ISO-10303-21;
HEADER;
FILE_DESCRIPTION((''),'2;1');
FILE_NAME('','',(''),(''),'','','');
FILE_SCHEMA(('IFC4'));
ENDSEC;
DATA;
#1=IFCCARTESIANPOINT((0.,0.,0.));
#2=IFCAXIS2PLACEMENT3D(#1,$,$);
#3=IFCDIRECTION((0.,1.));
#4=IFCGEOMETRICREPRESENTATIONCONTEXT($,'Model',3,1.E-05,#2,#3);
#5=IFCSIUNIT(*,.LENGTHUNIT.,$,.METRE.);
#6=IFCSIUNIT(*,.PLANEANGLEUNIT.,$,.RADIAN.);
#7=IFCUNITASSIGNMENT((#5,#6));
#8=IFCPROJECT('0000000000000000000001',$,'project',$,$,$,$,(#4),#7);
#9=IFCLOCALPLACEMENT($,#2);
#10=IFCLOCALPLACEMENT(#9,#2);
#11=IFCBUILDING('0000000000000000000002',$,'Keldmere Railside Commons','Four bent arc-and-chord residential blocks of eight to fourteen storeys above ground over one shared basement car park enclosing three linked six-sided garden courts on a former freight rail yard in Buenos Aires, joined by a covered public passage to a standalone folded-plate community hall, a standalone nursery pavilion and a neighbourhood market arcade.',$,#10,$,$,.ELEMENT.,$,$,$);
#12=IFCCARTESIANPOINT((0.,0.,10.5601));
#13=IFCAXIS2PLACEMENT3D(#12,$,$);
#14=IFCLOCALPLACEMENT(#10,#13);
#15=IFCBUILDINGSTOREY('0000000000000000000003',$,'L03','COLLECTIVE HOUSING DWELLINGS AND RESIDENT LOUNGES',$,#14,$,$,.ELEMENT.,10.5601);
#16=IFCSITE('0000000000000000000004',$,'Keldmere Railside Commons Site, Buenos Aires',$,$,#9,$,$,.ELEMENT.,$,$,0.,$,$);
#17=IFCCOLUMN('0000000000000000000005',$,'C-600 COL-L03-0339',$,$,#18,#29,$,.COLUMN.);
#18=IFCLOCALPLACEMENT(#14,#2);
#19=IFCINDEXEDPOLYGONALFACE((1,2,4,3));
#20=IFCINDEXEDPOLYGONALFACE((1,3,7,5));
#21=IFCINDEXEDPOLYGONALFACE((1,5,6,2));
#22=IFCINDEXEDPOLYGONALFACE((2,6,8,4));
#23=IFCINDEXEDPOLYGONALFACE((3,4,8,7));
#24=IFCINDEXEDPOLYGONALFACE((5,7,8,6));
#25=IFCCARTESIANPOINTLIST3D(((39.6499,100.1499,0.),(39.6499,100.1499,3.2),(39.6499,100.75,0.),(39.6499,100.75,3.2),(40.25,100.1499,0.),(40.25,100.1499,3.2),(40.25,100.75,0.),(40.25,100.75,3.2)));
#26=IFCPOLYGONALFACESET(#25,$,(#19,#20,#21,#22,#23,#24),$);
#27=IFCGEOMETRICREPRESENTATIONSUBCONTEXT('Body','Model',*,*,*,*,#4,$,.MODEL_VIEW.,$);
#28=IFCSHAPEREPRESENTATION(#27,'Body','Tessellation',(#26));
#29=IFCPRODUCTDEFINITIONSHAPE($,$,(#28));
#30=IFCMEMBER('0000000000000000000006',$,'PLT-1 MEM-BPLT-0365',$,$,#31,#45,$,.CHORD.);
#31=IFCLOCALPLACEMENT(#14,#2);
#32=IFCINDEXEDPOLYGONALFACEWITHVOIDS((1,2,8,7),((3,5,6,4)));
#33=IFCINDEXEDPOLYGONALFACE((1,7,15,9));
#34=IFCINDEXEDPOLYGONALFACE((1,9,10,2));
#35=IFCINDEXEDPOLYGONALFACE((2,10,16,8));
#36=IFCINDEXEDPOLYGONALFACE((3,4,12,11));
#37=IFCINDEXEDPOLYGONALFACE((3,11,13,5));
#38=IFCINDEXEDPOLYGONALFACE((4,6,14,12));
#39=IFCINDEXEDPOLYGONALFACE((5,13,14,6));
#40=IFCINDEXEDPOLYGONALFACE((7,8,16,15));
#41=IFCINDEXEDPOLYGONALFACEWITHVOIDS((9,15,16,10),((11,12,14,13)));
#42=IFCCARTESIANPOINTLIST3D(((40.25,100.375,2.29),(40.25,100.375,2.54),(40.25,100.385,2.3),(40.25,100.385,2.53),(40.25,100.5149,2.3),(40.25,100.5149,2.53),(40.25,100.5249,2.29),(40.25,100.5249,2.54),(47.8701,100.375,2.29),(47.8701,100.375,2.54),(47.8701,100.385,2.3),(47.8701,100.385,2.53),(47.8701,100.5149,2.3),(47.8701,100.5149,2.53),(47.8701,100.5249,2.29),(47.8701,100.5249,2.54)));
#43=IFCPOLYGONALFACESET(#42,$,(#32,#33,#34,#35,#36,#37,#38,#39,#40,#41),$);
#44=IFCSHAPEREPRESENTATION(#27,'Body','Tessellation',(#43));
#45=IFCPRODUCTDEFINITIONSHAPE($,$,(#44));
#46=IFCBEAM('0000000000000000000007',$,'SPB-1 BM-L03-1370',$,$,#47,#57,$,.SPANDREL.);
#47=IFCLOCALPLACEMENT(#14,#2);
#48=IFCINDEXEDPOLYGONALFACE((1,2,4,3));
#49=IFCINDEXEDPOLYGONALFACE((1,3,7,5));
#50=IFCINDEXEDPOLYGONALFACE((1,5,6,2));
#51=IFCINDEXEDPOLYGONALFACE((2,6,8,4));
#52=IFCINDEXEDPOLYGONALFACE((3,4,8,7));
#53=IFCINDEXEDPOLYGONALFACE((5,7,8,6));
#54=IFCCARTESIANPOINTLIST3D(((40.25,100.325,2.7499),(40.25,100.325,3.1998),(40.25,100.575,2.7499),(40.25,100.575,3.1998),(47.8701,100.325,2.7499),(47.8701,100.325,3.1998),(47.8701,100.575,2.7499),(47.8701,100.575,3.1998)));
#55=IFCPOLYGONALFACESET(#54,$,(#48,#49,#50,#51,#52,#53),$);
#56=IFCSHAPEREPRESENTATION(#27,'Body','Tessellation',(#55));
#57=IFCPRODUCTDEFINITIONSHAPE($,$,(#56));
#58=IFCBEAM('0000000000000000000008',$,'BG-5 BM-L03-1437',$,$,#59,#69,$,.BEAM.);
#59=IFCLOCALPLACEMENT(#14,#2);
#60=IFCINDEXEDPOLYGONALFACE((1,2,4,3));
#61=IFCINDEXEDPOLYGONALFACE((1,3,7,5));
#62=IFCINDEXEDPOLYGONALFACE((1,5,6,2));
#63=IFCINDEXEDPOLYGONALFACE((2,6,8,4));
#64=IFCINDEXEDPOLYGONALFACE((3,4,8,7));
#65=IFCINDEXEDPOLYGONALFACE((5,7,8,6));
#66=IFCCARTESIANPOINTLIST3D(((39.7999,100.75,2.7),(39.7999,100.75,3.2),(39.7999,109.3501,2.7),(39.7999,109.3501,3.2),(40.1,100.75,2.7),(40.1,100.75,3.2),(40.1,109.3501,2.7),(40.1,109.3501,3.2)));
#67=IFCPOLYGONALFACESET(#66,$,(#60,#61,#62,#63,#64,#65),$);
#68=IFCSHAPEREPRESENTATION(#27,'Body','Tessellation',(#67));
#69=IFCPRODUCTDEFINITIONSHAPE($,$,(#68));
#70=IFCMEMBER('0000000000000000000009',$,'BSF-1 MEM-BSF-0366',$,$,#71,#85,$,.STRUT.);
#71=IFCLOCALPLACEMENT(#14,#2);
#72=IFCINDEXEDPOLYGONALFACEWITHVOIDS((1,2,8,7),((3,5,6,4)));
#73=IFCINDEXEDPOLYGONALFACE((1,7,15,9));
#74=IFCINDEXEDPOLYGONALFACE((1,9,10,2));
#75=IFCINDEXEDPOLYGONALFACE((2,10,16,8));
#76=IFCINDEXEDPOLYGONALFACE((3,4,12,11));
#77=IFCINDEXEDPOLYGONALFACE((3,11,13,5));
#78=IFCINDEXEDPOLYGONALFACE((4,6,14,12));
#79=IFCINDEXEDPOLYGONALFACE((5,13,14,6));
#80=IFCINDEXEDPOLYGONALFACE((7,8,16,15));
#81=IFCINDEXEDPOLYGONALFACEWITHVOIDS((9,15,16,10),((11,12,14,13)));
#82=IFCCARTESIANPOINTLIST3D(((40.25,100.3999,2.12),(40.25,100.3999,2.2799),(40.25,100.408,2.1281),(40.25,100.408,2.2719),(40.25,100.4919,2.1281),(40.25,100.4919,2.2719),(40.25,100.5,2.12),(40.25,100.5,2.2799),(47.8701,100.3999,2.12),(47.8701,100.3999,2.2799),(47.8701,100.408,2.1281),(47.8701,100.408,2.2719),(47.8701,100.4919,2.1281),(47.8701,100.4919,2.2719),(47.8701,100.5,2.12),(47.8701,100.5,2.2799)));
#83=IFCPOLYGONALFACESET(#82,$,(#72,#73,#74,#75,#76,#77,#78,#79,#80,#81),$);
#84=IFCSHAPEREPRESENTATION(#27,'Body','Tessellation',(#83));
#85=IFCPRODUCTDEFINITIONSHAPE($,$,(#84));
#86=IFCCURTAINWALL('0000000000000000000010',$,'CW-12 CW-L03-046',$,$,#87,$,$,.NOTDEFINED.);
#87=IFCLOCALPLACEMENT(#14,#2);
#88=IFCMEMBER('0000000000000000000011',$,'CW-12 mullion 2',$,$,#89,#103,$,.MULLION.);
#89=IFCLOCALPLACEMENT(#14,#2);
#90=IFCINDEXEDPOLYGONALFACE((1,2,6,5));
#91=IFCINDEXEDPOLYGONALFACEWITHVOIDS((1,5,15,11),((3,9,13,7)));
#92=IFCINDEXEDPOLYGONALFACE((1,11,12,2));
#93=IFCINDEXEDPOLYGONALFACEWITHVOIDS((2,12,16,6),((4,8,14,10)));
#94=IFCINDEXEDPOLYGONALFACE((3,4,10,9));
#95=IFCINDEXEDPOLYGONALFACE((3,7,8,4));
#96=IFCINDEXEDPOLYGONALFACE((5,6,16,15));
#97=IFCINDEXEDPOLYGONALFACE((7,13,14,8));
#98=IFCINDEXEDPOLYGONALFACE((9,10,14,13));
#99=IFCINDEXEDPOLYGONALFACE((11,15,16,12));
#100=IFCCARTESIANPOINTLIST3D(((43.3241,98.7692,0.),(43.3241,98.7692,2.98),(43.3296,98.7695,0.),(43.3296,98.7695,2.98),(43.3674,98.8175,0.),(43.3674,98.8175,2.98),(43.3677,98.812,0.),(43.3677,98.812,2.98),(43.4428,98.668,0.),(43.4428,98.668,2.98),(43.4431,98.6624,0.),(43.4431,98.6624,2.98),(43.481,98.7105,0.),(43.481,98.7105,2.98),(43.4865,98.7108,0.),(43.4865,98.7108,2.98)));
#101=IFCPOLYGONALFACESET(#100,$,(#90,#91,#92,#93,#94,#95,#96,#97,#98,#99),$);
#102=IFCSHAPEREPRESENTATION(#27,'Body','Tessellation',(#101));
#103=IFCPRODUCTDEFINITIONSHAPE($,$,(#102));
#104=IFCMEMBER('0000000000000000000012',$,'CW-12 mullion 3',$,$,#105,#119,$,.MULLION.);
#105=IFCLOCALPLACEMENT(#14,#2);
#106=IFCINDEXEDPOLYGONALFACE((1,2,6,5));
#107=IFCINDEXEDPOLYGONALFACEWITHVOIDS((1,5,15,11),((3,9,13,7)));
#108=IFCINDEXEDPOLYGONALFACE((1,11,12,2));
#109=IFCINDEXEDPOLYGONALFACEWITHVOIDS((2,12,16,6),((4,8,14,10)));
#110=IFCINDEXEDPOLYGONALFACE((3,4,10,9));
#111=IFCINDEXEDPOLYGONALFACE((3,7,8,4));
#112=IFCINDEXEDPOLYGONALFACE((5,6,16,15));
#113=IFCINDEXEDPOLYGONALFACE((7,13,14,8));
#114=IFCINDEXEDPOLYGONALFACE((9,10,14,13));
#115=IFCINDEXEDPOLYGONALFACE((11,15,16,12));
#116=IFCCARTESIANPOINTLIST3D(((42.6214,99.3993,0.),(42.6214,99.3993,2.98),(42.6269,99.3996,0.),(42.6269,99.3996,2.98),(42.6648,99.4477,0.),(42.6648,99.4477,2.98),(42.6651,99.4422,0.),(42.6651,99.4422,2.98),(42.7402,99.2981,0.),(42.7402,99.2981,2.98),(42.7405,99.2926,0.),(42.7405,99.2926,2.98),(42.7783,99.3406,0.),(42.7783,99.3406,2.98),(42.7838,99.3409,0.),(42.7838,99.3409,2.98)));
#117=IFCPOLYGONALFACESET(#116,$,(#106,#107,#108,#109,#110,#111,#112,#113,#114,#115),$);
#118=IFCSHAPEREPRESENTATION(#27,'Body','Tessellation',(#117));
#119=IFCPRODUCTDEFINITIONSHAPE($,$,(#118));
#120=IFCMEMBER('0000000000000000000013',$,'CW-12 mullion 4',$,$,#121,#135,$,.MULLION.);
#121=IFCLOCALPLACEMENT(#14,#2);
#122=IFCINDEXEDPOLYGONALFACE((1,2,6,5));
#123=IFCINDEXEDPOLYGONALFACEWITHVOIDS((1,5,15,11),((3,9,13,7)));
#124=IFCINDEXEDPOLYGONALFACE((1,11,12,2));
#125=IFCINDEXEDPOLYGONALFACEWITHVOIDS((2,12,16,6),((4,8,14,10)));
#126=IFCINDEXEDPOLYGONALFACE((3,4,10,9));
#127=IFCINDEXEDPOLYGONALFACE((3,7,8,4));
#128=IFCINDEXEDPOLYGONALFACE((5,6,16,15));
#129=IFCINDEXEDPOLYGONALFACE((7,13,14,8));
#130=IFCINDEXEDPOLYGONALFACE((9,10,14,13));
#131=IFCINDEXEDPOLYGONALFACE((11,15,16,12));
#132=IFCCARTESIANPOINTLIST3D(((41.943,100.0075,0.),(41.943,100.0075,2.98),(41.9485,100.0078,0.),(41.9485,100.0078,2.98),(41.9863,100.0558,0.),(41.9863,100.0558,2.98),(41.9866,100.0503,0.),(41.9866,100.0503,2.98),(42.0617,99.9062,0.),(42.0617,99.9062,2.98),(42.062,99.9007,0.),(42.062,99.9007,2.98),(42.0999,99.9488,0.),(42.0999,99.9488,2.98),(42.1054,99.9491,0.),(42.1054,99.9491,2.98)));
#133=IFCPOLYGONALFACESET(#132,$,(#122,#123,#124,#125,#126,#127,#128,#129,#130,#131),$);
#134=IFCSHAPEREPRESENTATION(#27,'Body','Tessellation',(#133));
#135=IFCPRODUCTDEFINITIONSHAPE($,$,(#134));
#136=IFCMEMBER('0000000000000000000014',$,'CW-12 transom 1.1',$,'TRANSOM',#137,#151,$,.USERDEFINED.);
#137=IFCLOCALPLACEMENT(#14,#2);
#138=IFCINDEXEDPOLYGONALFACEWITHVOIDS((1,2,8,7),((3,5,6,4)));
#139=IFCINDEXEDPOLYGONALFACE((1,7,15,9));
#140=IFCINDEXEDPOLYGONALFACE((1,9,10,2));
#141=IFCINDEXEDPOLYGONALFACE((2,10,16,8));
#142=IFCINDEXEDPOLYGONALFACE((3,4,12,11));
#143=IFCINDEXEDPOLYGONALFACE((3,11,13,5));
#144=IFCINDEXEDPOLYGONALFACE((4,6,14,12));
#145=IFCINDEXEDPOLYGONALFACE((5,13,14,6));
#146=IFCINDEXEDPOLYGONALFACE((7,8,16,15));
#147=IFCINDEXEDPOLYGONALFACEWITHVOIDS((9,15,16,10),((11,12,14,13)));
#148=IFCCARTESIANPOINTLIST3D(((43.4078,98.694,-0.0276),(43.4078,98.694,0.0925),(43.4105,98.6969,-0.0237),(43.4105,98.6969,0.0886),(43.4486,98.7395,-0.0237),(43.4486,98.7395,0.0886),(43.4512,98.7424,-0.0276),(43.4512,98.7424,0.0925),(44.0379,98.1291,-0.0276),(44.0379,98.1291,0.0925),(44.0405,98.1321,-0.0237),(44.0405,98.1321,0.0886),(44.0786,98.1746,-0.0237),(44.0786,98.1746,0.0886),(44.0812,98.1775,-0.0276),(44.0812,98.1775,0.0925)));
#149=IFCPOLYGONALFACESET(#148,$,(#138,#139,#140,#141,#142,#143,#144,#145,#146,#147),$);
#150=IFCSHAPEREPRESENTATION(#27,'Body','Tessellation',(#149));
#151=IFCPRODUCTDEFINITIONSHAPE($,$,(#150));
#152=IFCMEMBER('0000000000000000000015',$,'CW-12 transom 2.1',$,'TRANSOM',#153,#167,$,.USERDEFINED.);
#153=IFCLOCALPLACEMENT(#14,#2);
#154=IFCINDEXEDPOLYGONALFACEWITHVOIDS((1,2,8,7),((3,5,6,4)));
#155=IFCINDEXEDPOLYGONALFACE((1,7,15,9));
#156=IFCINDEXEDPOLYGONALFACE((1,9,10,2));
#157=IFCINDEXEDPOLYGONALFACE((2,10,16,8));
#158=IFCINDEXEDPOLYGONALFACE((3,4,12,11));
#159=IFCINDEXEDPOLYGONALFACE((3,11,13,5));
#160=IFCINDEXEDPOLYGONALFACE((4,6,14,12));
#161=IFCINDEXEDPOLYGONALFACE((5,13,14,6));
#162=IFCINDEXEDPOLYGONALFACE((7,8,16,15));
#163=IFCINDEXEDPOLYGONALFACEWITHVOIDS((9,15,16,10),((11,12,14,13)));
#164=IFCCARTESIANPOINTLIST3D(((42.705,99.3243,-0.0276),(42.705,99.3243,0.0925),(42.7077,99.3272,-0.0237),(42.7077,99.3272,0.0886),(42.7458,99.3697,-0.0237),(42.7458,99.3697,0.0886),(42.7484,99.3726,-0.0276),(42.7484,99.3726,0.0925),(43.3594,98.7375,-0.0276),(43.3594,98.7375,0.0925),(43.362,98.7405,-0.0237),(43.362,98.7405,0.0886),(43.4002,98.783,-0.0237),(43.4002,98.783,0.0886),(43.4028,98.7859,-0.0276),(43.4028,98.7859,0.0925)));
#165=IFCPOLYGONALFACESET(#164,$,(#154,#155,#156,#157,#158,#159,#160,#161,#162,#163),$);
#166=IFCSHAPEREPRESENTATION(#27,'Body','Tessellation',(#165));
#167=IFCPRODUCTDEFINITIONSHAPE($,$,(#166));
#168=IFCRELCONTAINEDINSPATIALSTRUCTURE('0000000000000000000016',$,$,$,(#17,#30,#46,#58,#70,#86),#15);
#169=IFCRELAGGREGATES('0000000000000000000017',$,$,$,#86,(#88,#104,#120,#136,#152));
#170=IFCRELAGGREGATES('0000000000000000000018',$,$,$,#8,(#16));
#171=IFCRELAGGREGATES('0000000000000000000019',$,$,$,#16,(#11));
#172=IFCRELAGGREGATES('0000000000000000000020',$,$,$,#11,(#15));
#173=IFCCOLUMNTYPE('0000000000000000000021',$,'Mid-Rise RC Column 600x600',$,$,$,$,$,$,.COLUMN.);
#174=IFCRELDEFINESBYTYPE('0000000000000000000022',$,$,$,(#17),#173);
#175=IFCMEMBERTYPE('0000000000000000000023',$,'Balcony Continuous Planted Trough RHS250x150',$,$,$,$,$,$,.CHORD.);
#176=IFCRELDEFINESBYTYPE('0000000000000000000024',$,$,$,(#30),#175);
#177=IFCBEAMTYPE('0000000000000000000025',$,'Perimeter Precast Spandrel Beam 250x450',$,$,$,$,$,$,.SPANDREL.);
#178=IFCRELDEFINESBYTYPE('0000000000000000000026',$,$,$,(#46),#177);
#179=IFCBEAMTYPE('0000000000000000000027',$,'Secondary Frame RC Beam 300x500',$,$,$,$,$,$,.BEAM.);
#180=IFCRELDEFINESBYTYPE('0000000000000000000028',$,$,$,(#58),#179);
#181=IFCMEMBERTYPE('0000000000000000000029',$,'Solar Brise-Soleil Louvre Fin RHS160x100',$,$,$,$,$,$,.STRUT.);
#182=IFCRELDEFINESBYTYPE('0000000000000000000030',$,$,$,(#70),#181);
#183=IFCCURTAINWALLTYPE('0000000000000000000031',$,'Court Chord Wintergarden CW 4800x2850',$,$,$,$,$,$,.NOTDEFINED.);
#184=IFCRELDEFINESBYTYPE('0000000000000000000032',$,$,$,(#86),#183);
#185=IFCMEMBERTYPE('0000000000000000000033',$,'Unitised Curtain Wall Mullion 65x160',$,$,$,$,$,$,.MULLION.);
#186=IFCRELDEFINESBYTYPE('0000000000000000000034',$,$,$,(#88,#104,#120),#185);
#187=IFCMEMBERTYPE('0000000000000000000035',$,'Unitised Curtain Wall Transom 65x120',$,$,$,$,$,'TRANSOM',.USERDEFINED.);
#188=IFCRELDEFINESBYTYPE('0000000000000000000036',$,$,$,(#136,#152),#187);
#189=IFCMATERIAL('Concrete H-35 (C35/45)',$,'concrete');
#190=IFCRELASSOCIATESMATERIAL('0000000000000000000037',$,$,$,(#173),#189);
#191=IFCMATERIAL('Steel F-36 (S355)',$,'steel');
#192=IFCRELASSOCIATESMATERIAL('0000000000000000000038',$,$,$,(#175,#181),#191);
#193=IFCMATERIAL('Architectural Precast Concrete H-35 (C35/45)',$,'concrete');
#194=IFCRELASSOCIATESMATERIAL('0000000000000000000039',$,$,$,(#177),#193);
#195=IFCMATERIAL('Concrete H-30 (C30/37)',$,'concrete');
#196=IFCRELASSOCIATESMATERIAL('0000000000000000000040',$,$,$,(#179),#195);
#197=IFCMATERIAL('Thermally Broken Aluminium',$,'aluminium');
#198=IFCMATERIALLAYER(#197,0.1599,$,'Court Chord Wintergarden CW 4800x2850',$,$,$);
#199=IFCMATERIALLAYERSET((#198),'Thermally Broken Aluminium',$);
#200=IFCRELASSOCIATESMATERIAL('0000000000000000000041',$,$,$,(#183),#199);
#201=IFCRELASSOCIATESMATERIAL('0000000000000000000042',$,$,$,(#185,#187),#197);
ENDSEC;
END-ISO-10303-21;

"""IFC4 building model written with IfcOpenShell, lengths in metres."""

from ifc_helpers import new_model, si_unit, direction, frame, origin, origin_2d, place, context, subcontext, project, spatial, rectangle, hollow_rectangle, extrude, material, layer, layer_set, material_profile, profile_set, type_object, element, aggregate, save


model = new_model("IFC4")

# Units and contexts
model_context = context("Model", 3, precision=1e-05, world=origin(), true_north=direction((0.0, 1.0)))
body_context = subcontext(model_context, "Body", "Model", "MODEL_VIEW")
ifc_project = project(units=[si_unit("LENGTHUNIT", "METRE"), si_unit("PLANEANGLEUNIT", "RADIAN")], contexts=[model_context])

# Site, building, storey
site_placement = place(None, origin())
site = spatial("IfcSite", under=ifc_project, at=site_placement, Name="Keldmere Railside Commons Site, Buenos Aires", CompositionType="ELEMENT", RefElevation=0.0)
building_placement = place(site_placement, origin())
building = spatial("IfcBuilding", under=site, at=building_placement, Name="Keldmere Railside Commons", Description="Four bent arc-and-chord residential blocks of eight to fourteen storeys above ground over one shared basement car park enclosing three linked six-sided garden courts on a former freight rail yard in Buenos Aires, joined by a covered public passage to a standalone folded-plate community hall, a standalone nursery pavilion and a neighbourhood market arcade.", CompositionType="ELEMENT")
storey_placement = place(building_placement, frame((0.0, 0.0, 10.5601)))
storey = spatial("IfcBuildingStorey", under=building, at=storey_placement, Name="L03", Description="COLLECTIVE HOUSING DWELLINGS AND RESIDENT LOUNGES", CompositionType="ELEMENT", Elevation=10.5601)

# Column
ifc_material_1 = material(Name="Concrete H-35 (C35/45)", Category="concrete")
ifc_material_profile_1 = material_profile(ifc_material_1, rectangle(XDim=0.6001, YDim=0.6001, at=origin_2d()), Name="RC-600x600")
ifc_profile_set_1 = profile_set([ifc_material_profile_1], Name="Concrete H-35 (C35/45)")
column_type = type_object("IfcColumnType", Name="Mid-Rise RC Column 600x600", PredefinedType="COLUMN", material=ifc_profile_set_1)
column_placement = place(storey_placement, frame((39.95, 100.45, 0.0), z_axis=(0.0, 0.0, 1.0), x_axis=(1.0, 0.0, 0.0)))
element("IfcColumn", 1, at=column_placement, inside=storey, type_object=column_type, Name="C-600 COL-L03-0339", PredefinedType="COLUMN", context=body_context, shape_type="SweptSolid", body=[
    extrude(rectangle(XDim=0.6001, YDim=0.6001, at=origin_2d()), origin(), (0.0, 0.0, 1.0), 3.2),
])

# Member
ifc_material_2 = material(Name="Steel F-36 (S355)", Category="steel")
ifc_material_profile_2 = material_profile(ifc_material_2, hollow_rectangle(XDim=0.1499, YDim=0.25, WallThickness=0.01, at=origin_2d()), Name="RHS-250x150x10")
ifc_profile_set_2 = profile_set([ifc_material_profile_2], Name="Steel F-36 (S355)")
member_type_1 = type_object("IfcMemberType", Name="Balcony Continuous Planted Trough RHS250x150", PredefinedType="CHORD", material=ifc_profile_set_2)
member_1_placement = place(storey_placement, frame((40.25, 100.45, 2.415), z_axis=(1.0, 0.0, 0.0), x_axis=(0.0, 1.0, 0.0)))
element("IfcMember", 2, at=member_1_placement, inside=storey, type_object=member_type_1, Name="PLT-1 MEM-BPLT-0365", PredefinedType="CHORD", context=body_context, shape_type="SweptSolid", body=[
    extrude(hollow_rectangle(XDim=0.1499, YDim=0.25, WallThickness=0.01, at=origin_2d()), origin(), (0.0, 0.0, 1.0), 7.6201),
])

# Beams
ifc_material_3 = material(Name="Architectural Precast Concrete H-35 (C35/45)", Category="concrete")
ifc_material_profile_3 = material_profile(ifc_material_3, rectangle(XDim=0.25, YDim=0.45, at=origin_2d()), Name="RC-250x450")
ifc_profile_set_3 = profile_set([ifc_material_profile_3], Name="Architectural Precast Concrete H-35 (C35/45)")
beam_type_1 = type_object("IfcBeamType", Name="Perimeter Precast Spandrel Beam 250x450", PredefinedType="SPANDREL", material=ifc_profile_set_3)
beam_1_placement = place(storey_placement, frame((40.25, 100.45, 2.9749), z_axis=(1.0, 0.0, 0.0), x_axis=(0.0, 1.0, 0.0)))
element("IfcBeam", 3, at=beam_1_placement, inside=storey, type_object=beam_type_1, Name="SPB-1 BM-L03-1370", PredefinedType="SPANDREL", context=body_context, shape_type="SweptSolid", body=[
    extrude(rectangle(XDim=0.25, YDim=0.45, at=origin_2d()), origin(), (0.0, 0.0, 1.0), 7.6201),
])
ifc_material_4 = material(Name="Concrete H-30 (C30/37)", Category="concrete")
ifc_material_profile_4 = material_profile(ifc_material_4, rectangle(XDim=0.3, YDim=0.5, at=origin_2d()), Name="RC-300x500")
ifc_profile_set_4 = profile_set([ifc_material_profile_4], Name="Concrete H-30 (C30/37)")
beam_type_2 = type_object("IfcBeamType", Name="Secondary Frame RC Beam 300x500", PredefinedType="BEAM", material=ifc_profile_set_4)
beam_2_placement = place(storey_placement, frame((39.95, 100.75, 2.95), z_axis=(0.0, 1.0, 0.0), x_axis=(-1.0, 0.0, 0.0)))
element("IfcBeam", 4, at=beam_2_placement, inside=storey, type_object=beam_type_2, Name="BG-5 BM-L03-1437", PredefinedType="BEAM", context=body_context, shape_type="SweptSolid", body=[
    extrude(rectangle(XDim=0.3, YDim=0.5, at=origin_2d()), origin(), (0.0, 0.0, 1.0), 8.6001),
])

# Member
ifc_material_profile_5 = material_profile(ifc_material_2, hollow_rectangle(XDim=0.1001, YDim=0.1599, WallThickness=0.0081, at=origin_2d()), Name="RHS-160x100x8")
ifc_profile_set_5 = profile_set([ifc_material_profile_5], Name="Steel F-36 (S355)")
member_type_2 = type_object("IfcMemberType", Name="Solar Brise-Soleil Louvre Fin RHS160x100", PredefinedType="STRUT", material=ifc_profile_set_5)
member_2_placement = place(storey_placement, frame((40.25, 100.45, 2.2), z_axis=(1.0, 0.0, 0.0), x_axis=(0.0, 1.0, 0.0)))
element("IfcMember", 5, at=member_2_placement, inside=storey, type_object=member_type_2, Name="BSF-1 MEM-BSF-0366", PredefinedType="STRUT", context=body_context, shape_type="SweptSolid", body=[
    extrude(hollow_rectangle(XDim=0.1001, YDim=0.1599, WallThickness=0.0081, at=origin_2d()), origin(), (0.0, 0.0, 1.0), 7.6201),
])

# Curtain wall, members
ifc_material_5 = material(Name="Thermally Broken Aluminium", Category="aluminium")
ifc_layer_1 = layer(ifc_material_5, 0.1599, Name="Court Chord Wintergarden CW 4800x2850")
ifc_layer_set_1 = layer_set([ifc_layer_1], Name="Thermally Broken Aluminium")
curtain_wall_type = type_object("IfcCurtainWallType", Name="Court Chord Wintergarden CW 4800x2850", PredefinedType="NOTDEFINED", material=ifc_layer_set_1)
curtain_wall_placement = place(storey_placement, origin())
curtain_wall = element("IfcCurtainWall", 6, at=curtain_wall_placement, inside=storey, type_object=curtain_wall_type, Name="CW-12 CW-L03-046", PredefinedType="NOTDEFINED")
ifc_material_profile_6 = material_profile(ifc_material_5, hollow_rectangle(XDim=0.0649, YDim=0.1599, WallThickness=0.0039, at=origin_2d()), Name="ALU-MULL-65x160")
ifc_profile_set_6 = profile_set([ifc_material_profile_6], Name="Thermally Broken Aluminium")
member_type_3 = type_object("IfcMemberType", Name="Unitised Curtain Wall Mullion 65x160", PredefinedType="MULLION", material=ifc_profile_set_6)
member_3_placement = place(storey_placement, frame((43.4053, 98.74, 0.0), z_axis=(0.0, 0.0, 1.0), x_axis=(-0.667559, -0.744557, 0.0)))
member_3 = element("IfcMember", 7, at=member_3_placement, type_object=member_type_3, Name="CW-12 mullion 2", PredefinedType="MULLION", context=body_context, shape_type="SweptSolid", body=[
    extrude(hollow_rectangle(XDim=0.0649, YDim=0.1599, WallThickness=0.0039, at=origin_2d()), origin(), (0.0, 0.0, 1.0), 2.98),
])
member_4_placement = place(storey_placement, frame((42.7026, 99.3701, 0.0), z_axis=(0.0, 0.0, 1.0), x_axis=(-0.667559, -0.744557, 0.0)))
member_4 = element("IfcMember", 8, at=member_4_placement, type_object=member_type_3, Name="CW-12 mullion 3", PredefinedType="MULLION", context=body_context, shape_type="SweptSolid", body=[
    extrude(hollow_rectangle(XDim=0.0649, YDim=0.1599, WallThickness=0.0039, at=origin_2d()), origin(), (0.0, 0.0, 1.0), 2.98),
])
member_5_placement = place(storey_placement, frame((42.0242, 99.9783, 0.0), z_axis=(0.0, 0.0, 1.0), x_axis=(-0.667559, -0.744557, 0.0)))
member_5 = element("IfcMember", 9, at=member_5_placement, type_object=member_type_3, Name="CW-12 mullion 4", PredefinedType="MULLION", context=body_context, shape_type="SweptSolid", body=[
    extrude(hollow_rectangle(XDim=0.0649, YDim=0.1599, WallThickness=0.0039, at=origin_2d()), origin(), (0.0, 0.0, 1.0), 2.98),
])
ifc_material_profile_7 = material_profile(ifc_material_5, hollow_rectangle(XDim=0.0649, YDim=0.1201, WallThickness=0.0039, at=origin_2d()), Name="ALU-TRAN-65x120")
ifc_profile_set_7 = profile_set([ifc_material_profile_7], Name="Thermally Broken Aluminium")
member_type_4 = type_object("IfcMemberType", Name="Unitised Curtain Wall Transom 65x120", ElementType="TRANSOM", PredefinedType="USERDEFINED", material=ifc_profile_set_7)
member_6_placement = place(storey_placement, frame((44.0596, 98.1533, 0.0325), z_axis=(-0.744569, 0.667545, 0.0), x_axis=(-0.667545, -0.744569, 0.0)))
member_6 = element("IfcMember", 10, at=member_6_placement, type_object=member_type_4, Name="CW-12 transom 1.1", ObjectType="TRANSOM", PredefinedType="USERDEFINED", context=body_context, shape_type="SweptSolid", body=[
    extrude(hollow_rectangle(XDim=0.0649, YDim=0.1201, WallThickness=0.0039, at=origin_2d()), origin(), (0.0, 0.0, 1.0), 0.8462),
])
member_7_placement = place(storey_placement, frame((43.3811, 98.7617, 0.0325), z_axis=(-0.744536, 0.667582, 0.0), x_axis=(-0.667582, -0.744536, 0.0)))
member_7 = element("IfcMember", 11, at=member_7_placement, type_object=member_type_4, Name="CW-12 transom 2.1", ObjectType="TRANSOM", PredefinedType="USERDEFINED", context=body_context, shape_type="SweptSolid", body=[
    extrude(hollow_rectangle(XDim=0.0649, YDim=0.1201, WallThickness=0.0039, at=origin_2d()), origin(), (0.0, 0.0, 1.0), 0.8789),
])
aggregate(curtain_wall, [member_3, member_4, member_5, member_6, member_7])

save(model, "model.ifc")
